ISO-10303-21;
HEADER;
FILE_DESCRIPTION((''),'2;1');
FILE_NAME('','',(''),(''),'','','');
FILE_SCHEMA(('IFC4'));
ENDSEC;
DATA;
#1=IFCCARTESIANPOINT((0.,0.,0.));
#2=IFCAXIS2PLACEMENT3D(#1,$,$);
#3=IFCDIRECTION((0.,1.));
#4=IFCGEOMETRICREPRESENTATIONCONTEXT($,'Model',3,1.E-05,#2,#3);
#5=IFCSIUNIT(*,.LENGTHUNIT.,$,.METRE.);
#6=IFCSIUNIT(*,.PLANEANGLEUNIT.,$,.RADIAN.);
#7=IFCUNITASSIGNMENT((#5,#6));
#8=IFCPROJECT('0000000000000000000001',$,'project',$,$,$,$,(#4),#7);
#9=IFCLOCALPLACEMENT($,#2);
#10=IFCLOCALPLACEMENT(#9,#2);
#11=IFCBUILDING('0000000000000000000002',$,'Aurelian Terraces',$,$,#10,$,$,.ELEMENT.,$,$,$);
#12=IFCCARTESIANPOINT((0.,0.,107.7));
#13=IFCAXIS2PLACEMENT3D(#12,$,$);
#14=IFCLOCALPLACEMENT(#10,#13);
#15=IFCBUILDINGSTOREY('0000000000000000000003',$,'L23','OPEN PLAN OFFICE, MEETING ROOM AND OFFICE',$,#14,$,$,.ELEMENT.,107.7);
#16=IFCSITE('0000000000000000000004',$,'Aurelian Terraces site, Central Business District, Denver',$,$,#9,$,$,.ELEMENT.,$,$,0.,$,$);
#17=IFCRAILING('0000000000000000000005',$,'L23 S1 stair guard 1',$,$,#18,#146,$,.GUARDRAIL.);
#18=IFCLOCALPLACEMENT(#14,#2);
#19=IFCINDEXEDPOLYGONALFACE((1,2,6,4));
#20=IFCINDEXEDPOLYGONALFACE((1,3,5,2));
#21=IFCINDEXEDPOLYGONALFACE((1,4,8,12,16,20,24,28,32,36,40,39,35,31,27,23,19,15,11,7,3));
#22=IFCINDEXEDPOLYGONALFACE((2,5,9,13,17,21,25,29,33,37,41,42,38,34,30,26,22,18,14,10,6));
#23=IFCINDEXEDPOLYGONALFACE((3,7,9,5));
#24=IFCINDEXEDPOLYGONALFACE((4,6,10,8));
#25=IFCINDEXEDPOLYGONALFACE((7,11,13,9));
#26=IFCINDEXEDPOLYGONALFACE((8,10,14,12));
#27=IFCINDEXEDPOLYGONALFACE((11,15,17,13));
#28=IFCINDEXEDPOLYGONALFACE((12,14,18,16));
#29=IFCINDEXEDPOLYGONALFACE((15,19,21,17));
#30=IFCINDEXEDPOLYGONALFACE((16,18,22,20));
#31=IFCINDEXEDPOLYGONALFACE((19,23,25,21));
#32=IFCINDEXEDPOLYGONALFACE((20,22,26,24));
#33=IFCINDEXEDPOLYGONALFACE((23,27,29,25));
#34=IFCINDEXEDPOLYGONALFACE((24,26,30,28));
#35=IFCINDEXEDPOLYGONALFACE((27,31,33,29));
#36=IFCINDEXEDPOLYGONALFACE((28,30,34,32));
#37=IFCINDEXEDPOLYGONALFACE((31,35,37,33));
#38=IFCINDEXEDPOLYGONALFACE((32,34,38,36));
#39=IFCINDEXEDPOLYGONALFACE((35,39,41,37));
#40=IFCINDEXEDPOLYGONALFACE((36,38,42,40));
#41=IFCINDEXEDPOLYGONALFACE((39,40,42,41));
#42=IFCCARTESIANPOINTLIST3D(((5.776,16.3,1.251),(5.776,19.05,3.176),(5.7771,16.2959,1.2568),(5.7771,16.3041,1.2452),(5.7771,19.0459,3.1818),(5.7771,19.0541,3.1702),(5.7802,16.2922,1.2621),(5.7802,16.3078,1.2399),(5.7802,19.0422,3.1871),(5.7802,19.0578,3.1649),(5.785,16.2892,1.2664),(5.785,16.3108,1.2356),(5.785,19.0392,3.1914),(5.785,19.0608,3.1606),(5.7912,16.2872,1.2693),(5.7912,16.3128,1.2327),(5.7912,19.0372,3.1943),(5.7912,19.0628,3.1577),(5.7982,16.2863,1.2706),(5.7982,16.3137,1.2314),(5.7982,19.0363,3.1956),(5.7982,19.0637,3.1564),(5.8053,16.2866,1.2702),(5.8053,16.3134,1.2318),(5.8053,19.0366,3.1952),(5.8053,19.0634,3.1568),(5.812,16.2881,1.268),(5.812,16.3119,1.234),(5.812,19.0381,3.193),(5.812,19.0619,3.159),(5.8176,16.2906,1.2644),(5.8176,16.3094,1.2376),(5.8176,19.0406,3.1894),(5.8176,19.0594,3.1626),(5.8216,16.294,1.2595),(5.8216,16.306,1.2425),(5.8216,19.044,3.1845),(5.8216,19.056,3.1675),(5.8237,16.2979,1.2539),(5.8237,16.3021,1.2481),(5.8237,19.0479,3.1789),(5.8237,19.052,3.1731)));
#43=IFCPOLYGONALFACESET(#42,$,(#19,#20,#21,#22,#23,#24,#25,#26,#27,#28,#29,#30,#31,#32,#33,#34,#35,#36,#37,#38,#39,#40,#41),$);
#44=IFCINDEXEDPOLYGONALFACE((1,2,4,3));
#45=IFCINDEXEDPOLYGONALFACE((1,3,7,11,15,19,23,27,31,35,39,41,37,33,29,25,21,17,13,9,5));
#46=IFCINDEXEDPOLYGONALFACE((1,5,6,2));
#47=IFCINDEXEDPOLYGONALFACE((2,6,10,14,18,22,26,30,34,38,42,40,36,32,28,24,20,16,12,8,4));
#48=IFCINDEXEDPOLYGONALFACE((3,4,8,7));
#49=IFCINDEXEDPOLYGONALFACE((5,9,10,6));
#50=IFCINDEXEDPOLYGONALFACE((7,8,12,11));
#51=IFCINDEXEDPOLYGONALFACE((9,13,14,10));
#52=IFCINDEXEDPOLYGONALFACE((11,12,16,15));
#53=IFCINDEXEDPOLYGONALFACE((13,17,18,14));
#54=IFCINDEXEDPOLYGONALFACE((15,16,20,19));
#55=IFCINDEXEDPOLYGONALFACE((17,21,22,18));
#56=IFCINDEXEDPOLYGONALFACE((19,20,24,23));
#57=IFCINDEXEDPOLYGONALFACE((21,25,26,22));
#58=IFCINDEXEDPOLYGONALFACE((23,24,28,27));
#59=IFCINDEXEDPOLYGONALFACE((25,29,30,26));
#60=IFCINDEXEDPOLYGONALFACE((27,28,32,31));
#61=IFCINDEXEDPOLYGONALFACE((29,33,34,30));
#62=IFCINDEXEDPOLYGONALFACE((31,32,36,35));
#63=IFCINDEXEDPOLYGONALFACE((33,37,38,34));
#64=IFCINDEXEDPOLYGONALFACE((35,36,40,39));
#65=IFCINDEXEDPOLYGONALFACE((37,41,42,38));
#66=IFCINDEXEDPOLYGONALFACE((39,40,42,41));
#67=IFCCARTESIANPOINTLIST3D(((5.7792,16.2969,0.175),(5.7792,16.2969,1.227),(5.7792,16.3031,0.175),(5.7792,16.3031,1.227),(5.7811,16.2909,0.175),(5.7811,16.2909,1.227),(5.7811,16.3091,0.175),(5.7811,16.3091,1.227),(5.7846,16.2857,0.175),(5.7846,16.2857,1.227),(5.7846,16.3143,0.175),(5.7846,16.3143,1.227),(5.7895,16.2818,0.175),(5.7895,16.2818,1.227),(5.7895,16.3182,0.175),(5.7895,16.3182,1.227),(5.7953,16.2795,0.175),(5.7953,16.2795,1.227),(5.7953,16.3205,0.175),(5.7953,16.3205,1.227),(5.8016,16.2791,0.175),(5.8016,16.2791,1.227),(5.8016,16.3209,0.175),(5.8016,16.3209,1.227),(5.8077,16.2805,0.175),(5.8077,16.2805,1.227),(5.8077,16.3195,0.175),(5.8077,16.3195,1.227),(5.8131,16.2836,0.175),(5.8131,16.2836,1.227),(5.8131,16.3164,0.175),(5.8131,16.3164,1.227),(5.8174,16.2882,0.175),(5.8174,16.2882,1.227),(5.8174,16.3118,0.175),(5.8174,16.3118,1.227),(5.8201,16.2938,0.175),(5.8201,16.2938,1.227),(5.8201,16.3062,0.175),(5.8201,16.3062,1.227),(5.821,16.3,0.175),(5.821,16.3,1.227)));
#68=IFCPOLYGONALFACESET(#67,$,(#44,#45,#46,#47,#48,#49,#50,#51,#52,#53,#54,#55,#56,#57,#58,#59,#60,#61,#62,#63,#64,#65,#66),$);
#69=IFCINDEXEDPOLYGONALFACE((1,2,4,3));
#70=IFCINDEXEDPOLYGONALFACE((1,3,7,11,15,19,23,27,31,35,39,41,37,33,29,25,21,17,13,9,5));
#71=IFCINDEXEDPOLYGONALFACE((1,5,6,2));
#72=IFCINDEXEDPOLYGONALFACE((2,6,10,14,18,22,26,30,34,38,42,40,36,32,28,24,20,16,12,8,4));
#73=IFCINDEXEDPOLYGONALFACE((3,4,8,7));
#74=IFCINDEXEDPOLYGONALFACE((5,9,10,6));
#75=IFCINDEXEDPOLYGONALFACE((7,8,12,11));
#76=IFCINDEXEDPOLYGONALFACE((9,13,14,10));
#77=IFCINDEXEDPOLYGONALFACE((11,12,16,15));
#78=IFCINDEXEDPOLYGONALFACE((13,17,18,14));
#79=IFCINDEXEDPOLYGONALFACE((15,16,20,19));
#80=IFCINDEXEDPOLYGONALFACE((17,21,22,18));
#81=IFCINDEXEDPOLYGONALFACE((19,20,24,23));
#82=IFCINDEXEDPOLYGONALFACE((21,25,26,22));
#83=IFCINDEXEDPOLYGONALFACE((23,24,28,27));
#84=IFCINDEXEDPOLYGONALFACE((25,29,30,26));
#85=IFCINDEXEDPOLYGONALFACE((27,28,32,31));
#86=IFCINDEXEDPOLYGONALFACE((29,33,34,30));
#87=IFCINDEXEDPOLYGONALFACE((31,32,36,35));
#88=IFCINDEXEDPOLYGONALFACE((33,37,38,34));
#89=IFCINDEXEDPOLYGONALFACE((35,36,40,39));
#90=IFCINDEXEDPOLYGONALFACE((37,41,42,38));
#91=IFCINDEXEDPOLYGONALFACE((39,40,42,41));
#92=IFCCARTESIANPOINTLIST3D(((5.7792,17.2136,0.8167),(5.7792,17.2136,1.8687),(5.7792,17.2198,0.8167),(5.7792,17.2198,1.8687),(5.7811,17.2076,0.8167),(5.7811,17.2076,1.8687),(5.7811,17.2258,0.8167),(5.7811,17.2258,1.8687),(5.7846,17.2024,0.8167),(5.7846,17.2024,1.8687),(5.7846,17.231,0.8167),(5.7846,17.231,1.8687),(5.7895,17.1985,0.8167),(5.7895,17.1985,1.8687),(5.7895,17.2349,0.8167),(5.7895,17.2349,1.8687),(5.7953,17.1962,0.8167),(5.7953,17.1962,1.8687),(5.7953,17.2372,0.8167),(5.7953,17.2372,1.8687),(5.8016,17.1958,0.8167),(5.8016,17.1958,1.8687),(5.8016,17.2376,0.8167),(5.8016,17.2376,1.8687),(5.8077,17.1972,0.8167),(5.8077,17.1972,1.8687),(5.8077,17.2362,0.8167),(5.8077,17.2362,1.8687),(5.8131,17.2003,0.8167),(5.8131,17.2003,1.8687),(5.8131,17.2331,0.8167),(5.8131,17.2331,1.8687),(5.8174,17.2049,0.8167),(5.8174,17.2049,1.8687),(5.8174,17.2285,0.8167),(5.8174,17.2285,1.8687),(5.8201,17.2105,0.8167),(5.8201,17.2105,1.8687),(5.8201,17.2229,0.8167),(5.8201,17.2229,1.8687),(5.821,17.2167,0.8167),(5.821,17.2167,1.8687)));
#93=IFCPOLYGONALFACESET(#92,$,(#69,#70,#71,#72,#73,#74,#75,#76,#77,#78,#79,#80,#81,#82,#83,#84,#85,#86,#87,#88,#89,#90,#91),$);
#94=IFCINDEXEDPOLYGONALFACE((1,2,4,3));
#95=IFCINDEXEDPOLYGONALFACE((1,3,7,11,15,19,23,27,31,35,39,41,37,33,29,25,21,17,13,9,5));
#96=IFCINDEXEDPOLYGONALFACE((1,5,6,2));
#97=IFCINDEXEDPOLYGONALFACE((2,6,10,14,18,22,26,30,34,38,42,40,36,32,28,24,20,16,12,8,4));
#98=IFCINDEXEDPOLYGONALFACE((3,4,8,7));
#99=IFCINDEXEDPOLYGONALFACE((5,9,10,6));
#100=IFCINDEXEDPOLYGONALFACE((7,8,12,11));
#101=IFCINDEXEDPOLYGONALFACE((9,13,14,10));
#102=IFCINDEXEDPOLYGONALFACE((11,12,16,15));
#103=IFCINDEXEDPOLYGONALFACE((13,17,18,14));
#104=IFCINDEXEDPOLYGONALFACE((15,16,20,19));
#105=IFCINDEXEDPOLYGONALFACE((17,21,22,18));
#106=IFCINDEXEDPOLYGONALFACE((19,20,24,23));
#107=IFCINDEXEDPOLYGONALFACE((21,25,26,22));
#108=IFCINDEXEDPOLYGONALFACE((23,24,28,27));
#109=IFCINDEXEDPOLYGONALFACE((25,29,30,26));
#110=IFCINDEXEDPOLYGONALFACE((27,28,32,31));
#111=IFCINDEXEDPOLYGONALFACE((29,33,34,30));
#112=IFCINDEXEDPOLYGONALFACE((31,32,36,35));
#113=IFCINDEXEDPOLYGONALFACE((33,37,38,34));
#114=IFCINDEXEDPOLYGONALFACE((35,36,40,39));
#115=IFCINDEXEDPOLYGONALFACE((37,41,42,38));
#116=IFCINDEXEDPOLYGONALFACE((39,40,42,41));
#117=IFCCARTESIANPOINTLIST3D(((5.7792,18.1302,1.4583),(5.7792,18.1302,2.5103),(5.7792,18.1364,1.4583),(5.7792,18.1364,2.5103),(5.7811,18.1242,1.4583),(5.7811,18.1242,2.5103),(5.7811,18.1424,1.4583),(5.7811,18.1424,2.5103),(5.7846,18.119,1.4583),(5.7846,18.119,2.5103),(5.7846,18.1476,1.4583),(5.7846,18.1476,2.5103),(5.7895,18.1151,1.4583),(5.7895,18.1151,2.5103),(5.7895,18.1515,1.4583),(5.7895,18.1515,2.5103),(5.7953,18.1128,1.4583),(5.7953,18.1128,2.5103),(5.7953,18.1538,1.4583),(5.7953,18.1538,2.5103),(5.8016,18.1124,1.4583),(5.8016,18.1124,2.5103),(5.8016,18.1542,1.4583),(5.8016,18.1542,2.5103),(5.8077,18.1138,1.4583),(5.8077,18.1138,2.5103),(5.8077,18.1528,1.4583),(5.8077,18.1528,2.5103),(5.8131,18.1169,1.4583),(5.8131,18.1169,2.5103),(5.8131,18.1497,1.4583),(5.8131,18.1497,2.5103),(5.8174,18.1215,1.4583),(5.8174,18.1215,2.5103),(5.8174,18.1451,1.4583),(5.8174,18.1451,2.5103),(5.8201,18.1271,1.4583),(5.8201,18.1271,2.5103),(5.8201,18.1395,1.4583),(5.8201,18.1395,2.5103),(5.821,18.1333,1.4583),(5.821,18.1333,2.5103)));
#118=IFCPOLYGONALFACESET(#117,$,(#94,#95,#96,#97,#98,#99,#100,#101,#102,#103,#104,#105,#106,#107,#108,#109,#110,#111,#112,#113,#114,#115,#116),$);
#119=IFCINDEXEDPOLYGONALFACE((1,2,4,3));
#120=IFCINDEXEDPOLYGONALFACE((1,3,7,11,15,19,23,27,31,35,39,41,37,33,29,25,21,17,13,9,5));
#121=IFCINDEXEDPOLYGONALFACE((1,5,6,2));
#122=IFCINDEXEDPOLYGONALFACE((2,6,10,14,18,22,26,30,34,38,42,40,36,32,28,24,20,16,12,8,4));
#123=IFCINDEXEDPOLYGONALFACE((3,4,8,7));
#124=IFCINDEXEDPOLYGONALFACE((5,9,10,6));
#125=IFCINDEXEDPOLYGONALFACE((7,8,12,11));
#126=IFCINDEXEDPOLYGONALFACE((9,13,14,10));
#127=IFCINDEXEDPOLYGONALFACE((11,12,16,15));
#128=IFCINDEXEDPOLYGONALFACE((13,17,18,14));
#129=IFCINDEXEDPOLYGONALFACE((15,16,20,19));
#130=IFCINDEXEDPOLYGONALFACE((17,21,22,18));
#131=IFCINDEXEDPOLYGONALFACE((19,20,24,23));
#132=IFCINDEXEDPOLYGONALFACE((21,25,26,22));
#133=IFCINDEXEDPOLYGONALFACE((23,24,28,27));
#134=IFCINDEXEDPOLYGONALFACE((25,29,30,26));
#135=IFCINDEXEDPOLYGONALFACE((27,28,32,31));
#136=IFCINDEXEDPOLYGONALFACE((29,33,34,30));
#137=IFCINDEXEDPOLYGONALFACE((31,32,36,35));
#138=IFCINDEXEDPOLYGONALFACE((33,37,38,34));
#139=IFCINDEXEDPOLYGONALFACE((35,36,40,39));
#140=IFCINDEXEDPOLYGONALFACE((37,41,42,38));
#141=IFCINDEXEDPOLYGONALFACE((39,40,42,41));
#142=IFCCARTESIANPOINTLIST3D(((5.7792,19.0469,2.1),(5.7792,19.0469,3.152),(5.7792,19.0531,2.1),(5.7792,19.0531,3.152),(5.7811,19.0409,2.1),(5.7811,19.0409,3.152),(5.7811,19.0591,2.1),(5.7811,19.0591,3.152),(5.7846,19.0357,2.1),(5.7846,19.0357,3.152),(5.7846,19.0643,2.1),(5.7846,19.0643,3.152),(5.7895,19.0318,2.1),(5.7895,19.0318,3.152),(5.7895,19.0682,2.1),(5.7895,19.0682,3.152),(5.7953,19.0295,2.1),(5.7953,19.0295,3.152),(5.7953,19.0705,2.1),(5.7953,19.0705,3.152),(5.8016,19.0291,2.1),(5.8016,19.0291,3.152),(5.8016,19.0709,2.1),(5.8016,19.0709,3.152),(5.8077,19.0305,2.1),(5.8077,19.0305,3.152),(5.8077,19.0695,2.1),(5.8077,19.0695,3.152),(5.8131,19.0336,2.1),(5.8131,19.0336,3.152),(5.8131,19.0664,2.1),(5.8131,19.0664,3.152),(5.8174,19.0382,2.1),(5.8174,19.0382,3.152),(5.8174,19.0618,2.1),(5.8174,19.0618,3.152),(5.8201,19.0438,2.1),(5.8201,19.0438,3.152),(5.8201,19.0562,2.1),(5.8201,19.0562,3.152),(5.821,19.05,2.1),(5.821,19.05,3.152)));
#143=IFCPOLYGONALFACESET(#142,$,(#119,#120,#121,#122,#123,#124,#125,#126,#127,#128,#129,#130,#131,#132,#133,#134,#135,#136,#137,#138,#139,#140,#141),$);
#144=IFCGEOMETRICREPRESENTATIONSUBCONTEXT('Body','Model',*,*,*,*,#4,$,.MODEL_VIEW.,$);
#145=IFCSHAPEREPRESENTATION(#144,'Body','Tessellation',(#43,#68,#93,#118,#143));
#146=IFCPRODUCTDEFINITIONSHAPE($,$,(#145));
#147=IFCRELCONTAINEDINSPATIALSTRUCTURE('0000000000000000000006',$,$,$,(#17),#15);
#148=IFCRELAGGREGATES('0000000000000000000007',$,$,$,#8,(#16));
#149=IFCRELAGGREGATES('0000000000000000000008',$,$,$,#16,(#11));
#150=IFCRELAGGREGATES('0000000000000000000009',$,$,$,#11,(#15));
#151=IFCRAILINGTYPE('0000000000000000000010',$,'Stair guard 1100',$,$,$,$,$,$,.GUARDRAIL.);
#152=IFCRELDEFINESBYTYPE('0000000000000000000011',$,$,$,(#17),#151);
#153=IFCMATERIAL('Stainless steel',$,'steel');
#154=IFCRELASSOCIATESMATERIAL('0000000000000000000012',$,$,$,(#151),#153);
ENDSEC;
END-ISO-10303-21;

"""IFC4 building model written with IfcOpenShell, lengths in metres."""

from ifc_helpers import new_model, si_unit, direction, frame, origin, origin_2d, place, context, subcontext, project, spatial, circle, extrude, source, transform, mapped, material, type_object, element, save


model = new_model("IFC4")

# Units and contexts
model_context = context("Model", 3, precision=1e-05, world=origin(), true_north=direction((0.0, 1.0)))
body_context = subcontext(model_context, "Body", "Model", "MODEL_VIEW")
ifc_project = project(units=[si_unit("LENGTHUNIT", "METRE"), si_unit("PLANEANGLEUNIT", "RADIAN")], contexts=[model_context])

# Site, building, storey
site_placement = place(None, origin())
site = spatial("IfcSite", under=ifc_project, at=site_placement, Name="Aurelian Terraces site, Central Business District, Denver", CompositionType="ELEMENT", RefElevation=0.0)
building_placement = place(site_placement, origin())
building = spatial("IfcBuilding", under=site, at=building_placement, Name="Aurelian Terraces", CompositionType="ELEMENT")
storey_placement = place(building_placement, frame((0.0, 0.0, 107.7)))
storey = spatial("IfcBuildingStorey", under=building, at=storey_placement, Name="L23", Description="OPEN PLAN OFFICE, MEETING ROOM AND OFFICE", CompositionType="ELEMENT", Elevation=107.7)

# Shared definitions
ifc_material_1 = material(Name="Stainless steel", Category="steel")

# Railing
railing_type_1 = type_object("IfcRailingType", Name="Stair guard 1100", PredefinedType="GUARDRAIL", material=ifc_material_1)
shared_shape_1 = source(origin(), body_context, "Body", "SweptSolid", [
    extrude(circle(Radius=0.024, at=origin_2d()), frame((0.0, 0.0, 1.076), z_axis=(0.0, 0.819232, 0.573462), x_axis=(-1.0, 0.0, 0.0)), (0.0, 0.0, 1.0), 3.3568),
    extrude(circle(Radius=0.021, at=origin_2d()), origin(), (0.0, 0.0, 1.0), 1.052),
    extrude(circle(Radius=0.021, at=origin_2d()), frame((0.0, 0.9167, 0.6417)), (0.0, 0.0, 1.0), 1.052),
    extrude(circle(Radius=0.021, at=origin_2d()), frame((0.0, 1.8333, 1.2833)), (0.0, 0.0, 1.0), 1.052),
    extrude(circle(Radius=0.021, at=origin_2d()), frame((0.0, 2.75, 1.925)), (0.0, 0.0, 1.0), 1.052),
])
railing_1_placement = place(storey_placement, frame((5.8, 16.3, 0.175)))
element("IfcRailing", 1, at=railing_1_placement, inside=storey, type_object=railing_type_1, Name="L23 S1 stair guard 1", PredefinedType="GUARDRAIL", context=body_context, shape_type="MappedRepresentation", body=[
    mapped(shared_shape_1, transform((0.0, 0.0, 0.0), scale=1.0)),
])

save(model, "model.ifc")
